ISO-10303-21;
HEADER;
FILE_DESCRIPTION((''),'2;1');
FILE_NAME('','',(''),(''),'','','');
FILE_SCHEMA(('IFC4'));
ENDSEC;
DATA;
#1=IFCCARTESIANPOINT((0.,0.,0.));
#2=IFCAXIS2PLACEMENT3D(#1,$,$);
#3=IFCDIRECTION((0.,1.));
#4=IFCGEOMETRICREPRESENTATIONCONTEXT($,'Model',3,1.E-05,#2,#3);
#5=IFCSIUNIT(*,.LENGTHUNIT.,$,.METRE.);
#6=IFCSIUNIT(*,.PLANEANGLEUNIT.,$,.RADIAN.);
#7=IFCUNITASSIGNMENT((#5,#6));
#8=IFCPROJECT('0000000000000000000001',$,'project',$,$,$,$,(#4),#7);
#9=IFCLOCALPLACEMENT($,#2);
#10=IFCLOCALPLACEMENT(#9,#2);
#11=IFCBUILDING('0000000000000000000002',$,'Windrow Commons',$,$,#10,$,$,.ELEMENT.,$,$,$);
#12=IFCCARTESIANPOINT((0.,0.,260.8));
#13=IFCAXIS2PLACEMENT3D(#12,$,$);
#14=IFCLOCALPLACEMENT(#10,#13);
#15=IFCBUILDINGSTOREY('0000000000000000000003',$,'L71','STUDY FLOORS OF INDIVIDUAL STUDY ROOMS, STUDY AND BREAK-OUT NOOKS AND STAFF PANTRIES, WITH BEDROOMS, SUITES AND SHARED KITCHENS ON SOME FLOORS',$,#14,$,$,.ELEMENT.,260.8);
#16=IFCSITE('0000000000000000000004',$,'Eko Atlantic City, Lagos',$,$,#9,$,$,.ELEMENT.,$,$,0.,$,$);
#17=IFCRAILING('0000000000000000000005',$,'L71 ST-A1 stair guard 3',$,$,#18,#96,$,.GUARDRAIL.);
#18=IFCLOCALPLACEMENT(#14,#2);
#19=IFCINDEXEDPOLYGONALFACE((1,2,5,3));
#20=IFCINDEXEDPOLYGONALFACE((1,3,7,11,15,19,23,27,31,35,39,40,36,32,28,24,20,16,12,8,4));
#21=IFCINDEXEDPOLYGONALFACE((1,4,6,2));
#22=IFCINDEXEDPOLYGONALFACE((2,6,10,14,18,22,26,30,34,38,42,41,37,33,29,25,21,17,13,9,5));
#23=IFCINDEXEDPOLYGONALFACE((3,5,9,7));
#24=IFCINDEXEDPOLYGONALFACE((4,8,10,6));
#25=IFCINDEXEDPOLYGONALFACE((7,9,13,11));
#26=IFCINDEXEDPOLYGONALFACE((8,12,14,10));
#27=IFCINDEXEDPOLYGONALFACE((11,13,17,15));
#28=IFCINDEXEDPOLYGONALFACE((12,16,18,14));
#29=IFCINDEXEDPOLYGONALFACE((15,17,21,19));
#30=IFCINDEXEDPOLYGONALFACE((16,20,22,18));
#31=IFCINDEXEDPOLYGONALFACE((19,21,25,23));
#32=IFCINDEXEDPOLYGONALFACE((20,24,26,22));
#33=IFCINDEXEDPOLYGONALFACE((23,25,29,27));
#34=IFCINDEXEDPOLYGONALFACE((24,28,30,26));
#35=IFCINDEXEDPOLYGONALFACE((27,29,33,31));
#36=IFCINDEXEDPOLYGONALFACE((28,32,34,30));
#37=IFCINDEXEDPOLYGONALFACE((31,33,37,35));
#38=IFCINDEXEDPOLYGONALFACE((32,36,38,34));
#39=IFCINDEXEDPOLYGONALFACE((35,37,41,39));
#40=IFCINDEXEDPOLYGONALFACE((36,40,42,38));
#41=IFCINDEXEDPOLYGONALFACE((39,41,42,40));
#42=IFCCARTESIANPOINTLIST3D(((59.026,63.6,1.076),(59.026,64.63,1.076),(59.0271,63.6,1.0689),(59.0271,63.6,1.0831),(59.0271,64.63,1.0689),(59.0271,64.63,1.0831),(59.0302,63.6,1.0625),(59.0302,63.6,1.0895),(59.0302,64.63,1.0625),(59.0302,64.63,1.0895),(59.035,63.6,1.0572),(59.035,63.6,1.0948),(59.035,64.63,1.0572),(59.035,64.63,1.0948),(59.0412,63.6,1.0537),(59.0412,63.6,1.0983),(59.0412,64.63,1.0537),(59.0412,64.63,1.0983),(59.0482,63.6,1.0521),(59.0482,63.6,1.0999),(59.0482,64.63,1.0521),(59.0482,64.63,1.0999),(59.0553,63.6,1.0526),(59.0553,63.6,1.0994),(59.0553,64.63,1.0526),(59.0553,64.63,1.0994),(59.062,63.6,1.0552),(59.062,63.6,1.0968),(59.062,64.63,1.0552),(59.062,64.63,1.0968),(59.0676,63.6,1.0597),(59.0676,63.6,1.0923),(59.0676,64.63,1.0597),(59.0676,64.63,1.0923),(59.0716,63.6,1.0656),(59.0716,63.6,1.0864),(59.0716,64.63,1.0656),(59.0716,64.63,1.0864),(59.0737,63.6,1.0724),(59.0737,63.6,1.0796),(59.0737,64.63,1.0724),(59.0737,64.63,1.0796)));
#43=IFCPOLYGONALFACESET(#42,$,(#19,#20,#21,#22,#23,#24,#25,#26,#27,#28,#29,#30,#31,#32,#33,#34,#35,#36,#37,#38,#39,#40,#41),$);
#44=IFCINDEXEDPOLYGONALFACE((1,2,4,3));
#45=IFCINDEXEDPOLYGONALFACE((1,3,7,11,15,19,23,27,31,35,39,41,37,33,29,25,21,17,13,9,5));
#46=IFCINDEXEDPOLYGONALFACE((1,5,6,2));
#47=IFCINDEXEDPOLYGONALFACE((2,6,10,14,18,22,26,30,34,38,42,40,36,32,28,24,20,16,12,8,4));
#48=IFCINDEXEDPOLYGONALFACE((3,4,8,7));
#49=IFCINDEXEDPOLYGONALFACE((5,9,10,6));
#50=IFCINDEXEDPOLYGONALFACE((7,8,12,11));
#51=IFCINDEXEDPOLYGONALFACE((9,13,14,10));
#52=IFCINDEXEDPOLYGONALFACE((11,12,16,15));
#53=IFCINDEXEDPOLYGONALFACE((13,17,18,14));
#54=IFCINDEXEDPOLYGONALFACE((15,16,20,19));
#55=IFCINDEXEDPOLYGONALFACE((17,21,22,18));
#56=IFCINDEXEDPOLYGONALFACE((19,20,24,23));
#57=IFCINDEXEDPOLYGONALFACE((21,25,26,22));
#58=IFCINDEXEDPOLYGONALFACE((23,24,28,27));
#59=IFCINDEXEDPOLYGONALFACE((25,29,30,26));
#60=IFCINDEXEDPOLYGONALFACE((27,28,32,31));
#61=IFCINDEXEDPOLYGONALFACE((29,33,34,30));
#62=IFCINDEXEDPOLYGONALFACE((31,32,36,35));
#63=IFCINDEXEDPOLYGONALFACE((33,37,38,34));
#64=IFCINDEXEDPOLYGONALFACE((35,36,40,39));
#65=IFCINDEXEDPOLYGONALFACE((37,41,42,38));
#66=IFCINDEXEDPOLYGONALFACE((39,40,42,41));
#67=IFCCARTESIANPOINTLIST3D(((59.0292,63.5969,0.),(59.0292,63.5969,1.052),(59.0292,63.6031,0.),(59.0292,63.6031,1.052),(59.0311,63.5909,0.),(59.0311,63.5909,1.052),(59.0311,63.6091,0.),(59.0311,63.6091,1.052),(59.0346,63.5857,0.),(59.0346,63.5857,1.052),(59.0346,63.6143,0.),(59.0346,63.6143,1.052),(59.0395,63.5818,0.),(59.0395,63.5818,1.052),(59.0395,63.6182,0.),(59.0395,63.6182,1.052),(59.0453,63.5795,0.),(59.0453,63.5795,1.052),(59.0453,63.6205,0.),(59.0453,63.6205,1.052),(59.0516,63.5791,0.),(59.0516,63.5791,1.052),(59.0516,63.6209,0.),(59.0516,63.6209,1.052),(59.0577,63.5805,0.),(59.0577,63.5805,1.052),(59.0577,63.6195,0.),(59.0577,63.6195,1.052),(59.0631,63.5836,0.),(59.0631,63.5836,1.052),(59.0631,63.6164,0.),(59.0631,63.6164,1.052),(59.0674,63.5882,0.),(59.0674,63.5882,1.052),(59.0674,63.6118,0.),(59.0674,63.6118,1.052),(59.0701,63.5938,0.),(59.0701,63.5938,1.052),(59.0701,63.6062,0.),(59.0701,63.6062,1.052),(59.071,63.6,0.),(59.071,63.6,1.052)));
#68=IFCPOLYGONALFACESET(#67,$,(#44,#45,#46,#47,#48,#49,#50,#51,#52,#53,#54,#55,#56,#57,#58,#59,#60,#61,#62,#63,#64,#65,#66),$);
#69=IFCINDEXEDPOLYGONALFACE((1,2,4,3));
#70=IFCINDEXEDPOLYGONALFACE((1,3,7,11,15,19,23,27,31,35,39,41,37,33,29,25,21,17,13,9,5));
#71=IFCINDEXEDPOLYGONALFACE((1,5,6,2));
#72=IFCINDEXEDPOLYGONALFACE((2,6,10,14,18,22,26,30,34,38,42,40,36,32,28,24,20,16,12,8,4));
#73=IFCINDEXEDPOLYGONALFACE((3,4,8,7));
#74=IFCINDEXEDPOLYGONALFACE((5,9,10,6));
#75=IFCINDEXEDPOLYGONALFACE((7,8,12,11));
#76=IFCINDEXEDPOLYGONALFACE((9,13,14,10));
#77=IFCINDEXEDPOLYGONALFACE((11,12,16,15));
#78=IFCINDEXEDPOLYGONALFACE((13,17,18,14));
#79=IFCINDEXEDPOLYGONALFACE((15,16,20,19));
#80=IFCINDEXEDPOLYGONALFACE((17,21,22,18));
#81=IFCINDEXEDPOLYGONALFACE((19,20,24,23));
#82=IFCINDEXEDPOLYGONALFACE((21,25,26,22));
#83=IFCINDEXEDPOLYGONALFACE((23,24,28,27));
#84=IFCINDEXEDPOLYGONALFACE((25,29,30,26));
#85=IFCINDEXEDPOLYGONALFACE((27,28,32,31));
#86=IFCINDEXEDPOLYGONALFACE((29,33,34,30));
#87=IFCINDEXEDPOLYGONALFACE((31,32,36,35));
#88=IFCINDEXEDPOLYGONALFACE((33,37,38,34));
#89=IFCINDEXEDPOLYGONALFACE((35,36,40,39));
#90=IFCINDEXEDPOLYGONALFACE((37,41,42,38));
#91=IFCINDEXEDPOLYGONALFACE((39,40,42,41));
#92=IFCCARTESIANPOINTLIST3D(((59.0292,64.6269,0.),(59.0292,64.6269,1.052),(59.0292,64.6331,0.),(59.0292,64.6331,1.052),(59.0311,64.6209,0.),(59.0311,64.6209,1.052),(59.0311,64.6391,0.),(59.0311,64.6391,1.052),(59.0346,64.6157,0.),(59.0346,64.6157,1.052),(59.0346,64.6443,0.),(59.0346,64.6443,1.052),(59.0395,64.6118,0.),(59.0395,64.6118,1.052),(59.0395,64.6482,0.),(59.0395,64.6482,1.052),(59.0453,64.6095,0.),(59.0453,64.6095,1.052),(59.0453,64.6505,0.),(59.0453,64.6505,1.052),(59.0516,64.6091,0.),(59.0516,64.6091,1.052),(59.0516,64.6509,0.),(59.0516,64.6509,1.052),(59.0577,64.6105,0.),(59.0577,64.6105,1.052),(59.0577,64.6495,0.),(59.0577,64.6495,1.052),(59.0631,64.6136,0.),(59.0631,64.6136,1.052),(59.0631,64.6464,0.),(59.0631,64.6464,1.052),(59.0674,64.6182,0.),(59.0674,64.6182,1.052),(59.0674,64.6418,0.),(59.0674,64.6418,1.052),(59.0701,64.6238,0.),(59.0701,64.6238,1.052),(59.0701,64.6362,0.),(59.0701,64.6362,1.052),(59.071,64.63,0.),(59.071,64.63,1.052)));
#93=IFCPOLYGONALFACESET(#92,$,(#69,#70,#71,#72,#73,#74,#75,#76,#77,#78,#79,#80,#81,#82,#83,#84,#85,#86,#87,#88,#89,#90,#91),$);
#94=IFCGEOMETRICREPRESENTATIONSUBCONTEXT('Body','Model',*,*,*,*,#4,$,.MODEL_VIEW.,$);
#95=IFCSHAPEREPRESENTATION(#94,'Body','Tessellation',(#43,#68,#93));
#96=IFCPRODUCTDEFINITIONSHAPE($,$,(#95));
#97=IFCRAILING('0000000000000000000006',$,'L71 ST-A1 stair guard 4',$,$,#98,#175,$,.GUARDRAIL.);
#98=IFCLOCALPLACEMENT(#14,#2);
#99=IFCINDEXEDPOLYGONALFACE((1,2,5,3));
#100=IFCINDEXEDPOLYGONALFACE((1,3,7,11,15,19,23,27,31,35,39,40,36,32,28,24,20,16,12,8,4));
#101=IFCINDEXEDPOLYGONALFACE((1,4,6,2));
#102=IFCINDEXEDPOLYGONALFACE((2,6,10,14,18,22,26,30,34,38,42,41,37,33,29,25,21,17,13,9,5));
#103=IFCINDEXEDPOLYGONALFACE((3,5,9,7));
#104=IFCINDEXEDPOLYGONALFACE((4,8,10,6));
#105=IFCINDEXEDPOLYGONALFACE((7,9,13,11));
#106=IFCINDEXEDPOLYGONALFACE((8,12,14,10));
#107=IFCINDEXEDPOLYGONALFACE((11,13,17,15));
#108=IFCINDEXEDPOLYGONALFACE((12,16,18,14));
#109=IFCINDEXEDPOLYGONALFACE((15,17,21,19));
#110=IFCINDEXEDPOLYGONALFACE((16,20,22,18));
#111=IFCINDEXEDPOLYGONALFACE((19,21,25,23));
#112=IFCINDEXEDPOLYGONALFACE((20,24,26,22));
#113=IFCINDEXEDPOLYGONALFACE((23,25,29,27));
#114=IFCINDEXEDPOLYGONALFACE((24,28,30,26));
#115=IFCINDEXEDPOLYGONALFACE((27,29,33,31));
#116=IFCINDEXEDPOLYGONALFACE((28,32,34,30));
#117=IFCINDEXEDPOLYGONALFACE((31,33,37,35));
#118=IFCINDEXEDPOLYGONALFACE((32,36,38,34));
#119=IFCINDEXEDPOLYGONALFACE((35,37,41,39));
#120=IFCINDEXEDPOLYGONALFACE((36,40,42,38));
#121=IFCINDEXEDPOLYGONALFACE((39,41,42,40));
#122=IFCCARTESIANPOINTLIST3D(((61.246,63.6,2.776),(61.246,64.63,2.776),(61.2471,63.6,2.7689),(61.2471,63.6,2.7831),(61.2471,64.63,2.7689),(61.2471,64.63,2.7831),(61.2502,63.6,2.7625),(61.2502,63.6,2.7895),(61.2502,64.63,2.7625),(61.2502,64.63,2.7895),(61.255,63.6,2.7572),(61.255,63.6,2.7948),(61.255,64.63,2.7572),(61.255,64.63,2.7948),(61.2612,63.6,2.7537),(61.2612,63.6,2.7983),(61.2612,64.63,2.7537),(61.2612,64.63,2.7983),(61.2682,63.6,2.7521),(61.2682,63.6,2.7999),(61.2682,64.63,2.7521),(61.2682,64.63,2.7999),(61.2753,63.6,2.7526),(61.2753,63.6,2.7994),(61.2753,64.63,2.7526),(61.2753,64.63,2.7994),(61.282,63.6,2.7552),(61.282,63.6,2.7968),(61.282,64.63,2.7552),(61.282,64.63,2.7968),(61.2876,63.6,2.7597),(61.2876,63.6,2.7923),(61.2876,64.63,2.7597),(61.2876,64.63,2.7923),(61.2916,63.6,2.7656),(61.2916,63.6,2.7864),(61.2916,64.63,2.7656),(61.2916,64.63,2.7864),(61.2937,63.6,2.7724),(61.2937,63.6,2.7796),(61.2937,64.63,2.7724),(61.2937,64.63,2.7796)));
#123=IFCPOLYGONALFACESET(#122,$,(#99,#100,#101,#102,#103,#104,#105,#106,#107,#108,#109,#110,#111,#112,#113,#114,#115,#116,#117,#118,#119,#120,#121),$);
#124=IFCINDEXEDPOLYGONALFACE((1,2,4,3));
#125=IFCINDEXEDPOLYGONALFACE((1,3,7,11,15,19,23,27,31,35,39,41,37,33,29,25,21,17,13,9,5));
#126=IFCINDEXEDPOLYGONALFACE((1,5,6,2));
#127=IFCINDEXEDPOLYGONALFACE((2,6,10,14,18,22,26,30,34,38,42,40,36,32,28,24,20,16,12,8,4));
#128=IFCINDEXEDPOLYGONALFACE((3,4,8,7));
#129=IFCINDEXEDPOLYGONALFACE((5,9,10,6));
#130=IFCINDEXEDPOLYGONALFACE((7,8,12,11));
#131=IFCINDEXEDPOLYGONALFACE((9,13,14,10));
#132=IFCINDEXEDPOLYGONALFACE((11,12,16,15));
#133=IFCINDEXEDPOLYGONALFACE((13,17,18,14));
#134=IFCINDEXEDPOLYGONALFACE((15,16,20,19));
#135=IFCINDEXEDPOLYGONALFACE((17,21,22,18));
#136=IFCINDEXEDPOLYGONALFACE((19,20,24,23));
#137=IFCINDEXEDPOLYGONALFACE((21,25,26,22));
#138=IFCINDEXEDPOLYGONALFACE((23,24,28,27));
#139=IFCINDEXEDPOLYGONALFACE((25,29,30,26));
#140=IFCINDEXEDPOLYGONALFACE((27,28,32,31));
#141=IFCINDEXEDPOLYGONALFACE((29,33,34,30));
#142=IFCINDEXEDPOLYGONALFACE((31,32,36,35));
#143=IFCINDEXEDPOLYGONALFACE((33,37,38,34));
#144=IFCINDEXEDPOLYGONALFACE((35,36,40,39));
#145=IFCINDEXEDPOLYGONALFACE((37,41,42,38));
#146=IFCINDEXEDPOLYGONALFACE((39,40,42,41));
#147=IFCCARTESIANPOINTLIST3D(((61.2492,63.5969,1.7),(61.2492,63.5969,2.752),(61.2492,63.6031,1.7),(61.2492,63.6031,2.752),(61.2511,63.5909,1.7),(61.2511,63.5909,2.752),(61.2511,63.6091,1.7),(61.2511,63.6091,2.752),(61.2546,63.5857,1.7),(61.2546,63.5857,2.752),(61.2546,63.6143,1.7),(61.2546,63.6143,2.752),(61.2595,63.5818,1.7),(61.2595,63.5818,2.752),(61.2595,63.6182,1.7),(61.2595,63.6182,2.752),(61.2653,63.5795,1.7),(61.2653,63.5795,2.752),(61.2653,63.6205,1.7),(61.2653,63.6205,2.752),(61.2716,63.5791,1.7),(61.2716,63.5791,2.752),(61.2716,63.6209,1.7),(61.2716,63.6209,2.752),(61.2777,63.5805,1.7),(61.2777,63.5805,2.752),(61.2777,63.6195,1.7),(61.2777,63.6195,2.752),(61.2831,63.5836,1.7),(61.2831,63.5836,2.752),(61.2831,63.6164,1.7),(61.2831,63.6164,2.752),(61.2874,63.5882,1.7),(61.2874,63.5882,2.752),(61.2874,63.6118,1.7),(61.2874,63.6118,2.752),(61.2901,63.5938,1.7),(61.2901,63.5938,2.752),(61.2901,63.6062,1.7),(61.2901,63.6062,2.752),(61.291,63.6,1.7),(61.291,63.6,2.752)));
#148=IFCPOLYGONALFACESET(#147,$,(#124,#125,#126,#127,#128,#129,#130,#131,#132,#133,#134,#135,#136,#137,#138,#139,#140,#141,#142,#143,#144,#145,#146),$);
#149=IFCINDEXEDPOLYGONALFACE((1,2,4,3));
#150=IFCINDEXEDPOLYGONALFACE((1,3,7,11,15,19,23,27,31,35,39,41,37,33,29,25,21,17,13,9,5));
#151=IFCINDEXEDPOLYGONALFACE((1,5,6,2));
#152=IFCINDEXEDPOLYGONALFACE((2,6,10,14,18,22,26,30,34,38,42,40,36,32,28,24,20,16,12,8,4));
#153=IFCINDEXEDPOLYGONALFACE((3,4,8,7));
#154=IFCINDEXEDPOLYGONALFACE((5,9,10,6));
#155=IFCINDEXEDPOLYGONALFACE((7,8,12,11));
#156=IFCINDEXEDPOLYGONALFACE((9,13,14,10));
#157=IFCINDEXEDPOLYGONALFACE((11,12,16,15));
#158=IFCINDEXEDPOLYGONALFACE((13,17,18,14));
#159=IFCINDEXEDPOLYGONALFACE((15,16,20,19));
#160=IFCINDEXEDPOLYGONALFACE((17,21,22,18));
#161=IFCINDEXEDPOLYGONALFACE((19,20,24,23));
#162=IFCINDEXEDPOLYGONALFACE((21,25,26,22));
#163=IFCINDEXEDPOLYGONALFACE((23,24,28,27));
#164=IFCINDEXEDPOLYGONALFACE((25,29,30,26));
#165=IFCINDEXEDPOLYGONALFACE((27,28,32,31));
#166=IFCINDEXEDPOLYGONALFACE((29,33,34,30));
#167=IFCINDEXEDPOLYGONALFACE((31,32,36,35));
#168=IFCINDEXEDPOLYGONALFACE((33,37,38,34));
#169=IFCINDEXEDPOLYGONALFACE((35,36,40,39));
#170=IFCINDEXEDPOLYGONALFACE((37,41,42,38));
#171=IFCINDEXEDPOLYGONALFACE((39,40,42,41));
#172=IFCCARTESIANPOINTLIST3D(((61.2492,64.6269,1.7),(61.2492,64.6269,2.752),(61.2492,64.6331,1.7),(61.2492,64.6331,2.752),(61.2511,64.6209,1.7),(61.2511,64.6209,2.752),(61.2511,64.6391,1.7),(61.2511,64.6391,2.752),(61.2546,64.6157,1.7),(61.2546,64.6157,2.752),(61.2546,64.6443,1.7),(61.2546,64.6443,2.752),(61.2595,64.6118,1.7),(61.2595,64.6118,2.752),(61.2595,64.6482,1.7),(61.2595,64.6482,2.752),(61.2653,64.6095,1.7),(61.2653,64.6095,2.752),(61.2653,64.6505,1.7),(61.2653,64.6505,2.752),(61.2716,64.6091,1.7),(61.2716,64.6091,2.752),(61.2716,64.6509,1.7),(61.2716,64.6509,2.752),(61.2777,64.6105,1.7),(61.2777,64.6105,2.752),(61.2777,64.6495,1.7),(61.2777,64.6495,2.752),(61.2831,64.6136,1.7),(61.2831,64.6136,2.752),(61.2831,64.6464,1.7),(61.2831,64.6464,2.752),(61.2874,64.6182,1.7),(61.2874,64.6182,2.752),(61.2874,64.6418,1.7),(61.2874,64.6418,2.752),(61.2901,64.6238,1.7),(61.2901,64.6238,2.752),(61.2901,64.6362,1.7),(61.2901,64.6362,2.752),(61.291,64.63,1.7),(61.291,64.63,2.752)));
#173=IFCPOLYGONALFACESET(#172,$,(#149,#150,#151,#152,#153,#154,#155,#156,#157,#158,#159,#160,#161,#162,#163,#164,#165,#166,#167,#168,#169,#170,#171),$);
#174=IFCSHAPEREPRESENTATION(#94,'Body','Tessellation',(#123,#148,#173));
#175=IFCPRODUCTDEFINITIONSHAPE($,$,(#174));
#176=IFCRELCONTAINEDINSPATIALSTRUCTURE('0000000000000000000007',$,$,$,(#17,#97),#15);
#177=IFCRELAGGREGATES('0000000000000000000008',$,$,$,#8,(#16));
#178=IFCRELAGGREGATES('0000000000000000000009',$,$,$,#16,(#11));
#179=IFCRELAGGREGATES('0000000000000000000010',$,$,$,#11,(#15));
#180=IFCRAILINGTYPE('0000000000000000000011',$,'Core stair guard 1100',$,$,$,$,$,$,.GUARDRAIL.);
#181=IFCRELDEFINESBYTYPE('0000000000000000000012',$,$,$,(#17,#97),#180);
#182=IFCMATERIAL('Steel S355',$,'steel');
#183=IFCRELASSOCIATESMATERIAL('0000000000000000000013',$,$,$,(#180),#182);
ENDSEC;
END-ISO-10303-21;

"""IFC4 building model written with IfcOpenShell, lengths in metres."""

from ifc_helpers import new_model, si_unit, direction, frame, origin, origin_2d, place, context, subcontext, project, spatial, circle, extrude, material, type_object, element, save


model = new_model("IFC4")

# Units and contexts
model_context = context("Model", 3, precision=1e-05, world=origin(), true_north=direction((0.0, 1.0)))
body_context = subcontext(model_context, "Body", "Model", "MODEL_VIEW")
ifc_project = project(units=[si_unit("LENGTHUNIT", "METRE"), si_unit("PLANEANGLEUNIT", "RADIAN")], contexts=[model_context])

# Site, building, storey
site_placement = place(None, origin())
site = spatial("IfcSite", under=ifc_project, at=site_placement, Name="Eko Atlantic City, Lagos", CompositionType="ELEMENT", RefElevation=0.0)
building_placement = place(site_placement, origin())
building = spatial("IfcBuilding", under=site, at=building_placement, Name="Windrow Commons", CompositionType="ELEMENT")
storey_placement = place(building_placement, frame((0.0, 0.0, 260.8)))
storey = spatial("IfcBuildingStorey", under=building, at=storey_placement, Name="L71", Description="STUDY FLOORS OF INDIVIDUAL STUDY ROOMS, STUDY AND BREAK-OUT NOOKS AND STAFF PANTRIES, WITH BEDROOMS, SUITES AND SHARED KITCHENS ON SOME FLOORS", CompositionType="ELEMENT", Elevation=260.8)

# Railings
ifc_material_1 = material(Name="Steel S355", Category="steel")
railing_type_1 = type_object("IfcRailingType", Name="Core stair guard 1100", PredefinedType="GUARDRAIL", material=ifc_material_1)
for number, where, name in (
    (1, (59.05, 63.6, 0.0), "L71 ST-A1 stair guard 3"),
    (2, (61.27, 63.6, 1.7), "L71 ST-A1 stair guard 4"),
):
    element("IfcRailing", number, at=place(storey_placement, frame(where)), inside=storey, type_object=railing_type_1, Name=name, PredefinedType="GUARDRAIL", context=body_context, shape_type="SweptSolid", body=[
        extrude(circle(Radius=0.024, at=origin_2d()), frame((0.0, 0.0, 1.076), z_axis=(0.0, 1.0, 0.0), x_axis=(-1.0, 0.0, 0.0)), (0.0, 0.0, 1.0), 1.03),
        extrude(circle(Radius=0.021, at=origin_2d()), origin(), (0.0, 0.0, 1.0), 1.052),
        extrude(circle(Radius=0.021, at=origin_2d()), frame((0.0, 1.03, 0.0)), (0.0, 0.0, 1.0), 1.052),
    ])

save(model, "model.ifc")
